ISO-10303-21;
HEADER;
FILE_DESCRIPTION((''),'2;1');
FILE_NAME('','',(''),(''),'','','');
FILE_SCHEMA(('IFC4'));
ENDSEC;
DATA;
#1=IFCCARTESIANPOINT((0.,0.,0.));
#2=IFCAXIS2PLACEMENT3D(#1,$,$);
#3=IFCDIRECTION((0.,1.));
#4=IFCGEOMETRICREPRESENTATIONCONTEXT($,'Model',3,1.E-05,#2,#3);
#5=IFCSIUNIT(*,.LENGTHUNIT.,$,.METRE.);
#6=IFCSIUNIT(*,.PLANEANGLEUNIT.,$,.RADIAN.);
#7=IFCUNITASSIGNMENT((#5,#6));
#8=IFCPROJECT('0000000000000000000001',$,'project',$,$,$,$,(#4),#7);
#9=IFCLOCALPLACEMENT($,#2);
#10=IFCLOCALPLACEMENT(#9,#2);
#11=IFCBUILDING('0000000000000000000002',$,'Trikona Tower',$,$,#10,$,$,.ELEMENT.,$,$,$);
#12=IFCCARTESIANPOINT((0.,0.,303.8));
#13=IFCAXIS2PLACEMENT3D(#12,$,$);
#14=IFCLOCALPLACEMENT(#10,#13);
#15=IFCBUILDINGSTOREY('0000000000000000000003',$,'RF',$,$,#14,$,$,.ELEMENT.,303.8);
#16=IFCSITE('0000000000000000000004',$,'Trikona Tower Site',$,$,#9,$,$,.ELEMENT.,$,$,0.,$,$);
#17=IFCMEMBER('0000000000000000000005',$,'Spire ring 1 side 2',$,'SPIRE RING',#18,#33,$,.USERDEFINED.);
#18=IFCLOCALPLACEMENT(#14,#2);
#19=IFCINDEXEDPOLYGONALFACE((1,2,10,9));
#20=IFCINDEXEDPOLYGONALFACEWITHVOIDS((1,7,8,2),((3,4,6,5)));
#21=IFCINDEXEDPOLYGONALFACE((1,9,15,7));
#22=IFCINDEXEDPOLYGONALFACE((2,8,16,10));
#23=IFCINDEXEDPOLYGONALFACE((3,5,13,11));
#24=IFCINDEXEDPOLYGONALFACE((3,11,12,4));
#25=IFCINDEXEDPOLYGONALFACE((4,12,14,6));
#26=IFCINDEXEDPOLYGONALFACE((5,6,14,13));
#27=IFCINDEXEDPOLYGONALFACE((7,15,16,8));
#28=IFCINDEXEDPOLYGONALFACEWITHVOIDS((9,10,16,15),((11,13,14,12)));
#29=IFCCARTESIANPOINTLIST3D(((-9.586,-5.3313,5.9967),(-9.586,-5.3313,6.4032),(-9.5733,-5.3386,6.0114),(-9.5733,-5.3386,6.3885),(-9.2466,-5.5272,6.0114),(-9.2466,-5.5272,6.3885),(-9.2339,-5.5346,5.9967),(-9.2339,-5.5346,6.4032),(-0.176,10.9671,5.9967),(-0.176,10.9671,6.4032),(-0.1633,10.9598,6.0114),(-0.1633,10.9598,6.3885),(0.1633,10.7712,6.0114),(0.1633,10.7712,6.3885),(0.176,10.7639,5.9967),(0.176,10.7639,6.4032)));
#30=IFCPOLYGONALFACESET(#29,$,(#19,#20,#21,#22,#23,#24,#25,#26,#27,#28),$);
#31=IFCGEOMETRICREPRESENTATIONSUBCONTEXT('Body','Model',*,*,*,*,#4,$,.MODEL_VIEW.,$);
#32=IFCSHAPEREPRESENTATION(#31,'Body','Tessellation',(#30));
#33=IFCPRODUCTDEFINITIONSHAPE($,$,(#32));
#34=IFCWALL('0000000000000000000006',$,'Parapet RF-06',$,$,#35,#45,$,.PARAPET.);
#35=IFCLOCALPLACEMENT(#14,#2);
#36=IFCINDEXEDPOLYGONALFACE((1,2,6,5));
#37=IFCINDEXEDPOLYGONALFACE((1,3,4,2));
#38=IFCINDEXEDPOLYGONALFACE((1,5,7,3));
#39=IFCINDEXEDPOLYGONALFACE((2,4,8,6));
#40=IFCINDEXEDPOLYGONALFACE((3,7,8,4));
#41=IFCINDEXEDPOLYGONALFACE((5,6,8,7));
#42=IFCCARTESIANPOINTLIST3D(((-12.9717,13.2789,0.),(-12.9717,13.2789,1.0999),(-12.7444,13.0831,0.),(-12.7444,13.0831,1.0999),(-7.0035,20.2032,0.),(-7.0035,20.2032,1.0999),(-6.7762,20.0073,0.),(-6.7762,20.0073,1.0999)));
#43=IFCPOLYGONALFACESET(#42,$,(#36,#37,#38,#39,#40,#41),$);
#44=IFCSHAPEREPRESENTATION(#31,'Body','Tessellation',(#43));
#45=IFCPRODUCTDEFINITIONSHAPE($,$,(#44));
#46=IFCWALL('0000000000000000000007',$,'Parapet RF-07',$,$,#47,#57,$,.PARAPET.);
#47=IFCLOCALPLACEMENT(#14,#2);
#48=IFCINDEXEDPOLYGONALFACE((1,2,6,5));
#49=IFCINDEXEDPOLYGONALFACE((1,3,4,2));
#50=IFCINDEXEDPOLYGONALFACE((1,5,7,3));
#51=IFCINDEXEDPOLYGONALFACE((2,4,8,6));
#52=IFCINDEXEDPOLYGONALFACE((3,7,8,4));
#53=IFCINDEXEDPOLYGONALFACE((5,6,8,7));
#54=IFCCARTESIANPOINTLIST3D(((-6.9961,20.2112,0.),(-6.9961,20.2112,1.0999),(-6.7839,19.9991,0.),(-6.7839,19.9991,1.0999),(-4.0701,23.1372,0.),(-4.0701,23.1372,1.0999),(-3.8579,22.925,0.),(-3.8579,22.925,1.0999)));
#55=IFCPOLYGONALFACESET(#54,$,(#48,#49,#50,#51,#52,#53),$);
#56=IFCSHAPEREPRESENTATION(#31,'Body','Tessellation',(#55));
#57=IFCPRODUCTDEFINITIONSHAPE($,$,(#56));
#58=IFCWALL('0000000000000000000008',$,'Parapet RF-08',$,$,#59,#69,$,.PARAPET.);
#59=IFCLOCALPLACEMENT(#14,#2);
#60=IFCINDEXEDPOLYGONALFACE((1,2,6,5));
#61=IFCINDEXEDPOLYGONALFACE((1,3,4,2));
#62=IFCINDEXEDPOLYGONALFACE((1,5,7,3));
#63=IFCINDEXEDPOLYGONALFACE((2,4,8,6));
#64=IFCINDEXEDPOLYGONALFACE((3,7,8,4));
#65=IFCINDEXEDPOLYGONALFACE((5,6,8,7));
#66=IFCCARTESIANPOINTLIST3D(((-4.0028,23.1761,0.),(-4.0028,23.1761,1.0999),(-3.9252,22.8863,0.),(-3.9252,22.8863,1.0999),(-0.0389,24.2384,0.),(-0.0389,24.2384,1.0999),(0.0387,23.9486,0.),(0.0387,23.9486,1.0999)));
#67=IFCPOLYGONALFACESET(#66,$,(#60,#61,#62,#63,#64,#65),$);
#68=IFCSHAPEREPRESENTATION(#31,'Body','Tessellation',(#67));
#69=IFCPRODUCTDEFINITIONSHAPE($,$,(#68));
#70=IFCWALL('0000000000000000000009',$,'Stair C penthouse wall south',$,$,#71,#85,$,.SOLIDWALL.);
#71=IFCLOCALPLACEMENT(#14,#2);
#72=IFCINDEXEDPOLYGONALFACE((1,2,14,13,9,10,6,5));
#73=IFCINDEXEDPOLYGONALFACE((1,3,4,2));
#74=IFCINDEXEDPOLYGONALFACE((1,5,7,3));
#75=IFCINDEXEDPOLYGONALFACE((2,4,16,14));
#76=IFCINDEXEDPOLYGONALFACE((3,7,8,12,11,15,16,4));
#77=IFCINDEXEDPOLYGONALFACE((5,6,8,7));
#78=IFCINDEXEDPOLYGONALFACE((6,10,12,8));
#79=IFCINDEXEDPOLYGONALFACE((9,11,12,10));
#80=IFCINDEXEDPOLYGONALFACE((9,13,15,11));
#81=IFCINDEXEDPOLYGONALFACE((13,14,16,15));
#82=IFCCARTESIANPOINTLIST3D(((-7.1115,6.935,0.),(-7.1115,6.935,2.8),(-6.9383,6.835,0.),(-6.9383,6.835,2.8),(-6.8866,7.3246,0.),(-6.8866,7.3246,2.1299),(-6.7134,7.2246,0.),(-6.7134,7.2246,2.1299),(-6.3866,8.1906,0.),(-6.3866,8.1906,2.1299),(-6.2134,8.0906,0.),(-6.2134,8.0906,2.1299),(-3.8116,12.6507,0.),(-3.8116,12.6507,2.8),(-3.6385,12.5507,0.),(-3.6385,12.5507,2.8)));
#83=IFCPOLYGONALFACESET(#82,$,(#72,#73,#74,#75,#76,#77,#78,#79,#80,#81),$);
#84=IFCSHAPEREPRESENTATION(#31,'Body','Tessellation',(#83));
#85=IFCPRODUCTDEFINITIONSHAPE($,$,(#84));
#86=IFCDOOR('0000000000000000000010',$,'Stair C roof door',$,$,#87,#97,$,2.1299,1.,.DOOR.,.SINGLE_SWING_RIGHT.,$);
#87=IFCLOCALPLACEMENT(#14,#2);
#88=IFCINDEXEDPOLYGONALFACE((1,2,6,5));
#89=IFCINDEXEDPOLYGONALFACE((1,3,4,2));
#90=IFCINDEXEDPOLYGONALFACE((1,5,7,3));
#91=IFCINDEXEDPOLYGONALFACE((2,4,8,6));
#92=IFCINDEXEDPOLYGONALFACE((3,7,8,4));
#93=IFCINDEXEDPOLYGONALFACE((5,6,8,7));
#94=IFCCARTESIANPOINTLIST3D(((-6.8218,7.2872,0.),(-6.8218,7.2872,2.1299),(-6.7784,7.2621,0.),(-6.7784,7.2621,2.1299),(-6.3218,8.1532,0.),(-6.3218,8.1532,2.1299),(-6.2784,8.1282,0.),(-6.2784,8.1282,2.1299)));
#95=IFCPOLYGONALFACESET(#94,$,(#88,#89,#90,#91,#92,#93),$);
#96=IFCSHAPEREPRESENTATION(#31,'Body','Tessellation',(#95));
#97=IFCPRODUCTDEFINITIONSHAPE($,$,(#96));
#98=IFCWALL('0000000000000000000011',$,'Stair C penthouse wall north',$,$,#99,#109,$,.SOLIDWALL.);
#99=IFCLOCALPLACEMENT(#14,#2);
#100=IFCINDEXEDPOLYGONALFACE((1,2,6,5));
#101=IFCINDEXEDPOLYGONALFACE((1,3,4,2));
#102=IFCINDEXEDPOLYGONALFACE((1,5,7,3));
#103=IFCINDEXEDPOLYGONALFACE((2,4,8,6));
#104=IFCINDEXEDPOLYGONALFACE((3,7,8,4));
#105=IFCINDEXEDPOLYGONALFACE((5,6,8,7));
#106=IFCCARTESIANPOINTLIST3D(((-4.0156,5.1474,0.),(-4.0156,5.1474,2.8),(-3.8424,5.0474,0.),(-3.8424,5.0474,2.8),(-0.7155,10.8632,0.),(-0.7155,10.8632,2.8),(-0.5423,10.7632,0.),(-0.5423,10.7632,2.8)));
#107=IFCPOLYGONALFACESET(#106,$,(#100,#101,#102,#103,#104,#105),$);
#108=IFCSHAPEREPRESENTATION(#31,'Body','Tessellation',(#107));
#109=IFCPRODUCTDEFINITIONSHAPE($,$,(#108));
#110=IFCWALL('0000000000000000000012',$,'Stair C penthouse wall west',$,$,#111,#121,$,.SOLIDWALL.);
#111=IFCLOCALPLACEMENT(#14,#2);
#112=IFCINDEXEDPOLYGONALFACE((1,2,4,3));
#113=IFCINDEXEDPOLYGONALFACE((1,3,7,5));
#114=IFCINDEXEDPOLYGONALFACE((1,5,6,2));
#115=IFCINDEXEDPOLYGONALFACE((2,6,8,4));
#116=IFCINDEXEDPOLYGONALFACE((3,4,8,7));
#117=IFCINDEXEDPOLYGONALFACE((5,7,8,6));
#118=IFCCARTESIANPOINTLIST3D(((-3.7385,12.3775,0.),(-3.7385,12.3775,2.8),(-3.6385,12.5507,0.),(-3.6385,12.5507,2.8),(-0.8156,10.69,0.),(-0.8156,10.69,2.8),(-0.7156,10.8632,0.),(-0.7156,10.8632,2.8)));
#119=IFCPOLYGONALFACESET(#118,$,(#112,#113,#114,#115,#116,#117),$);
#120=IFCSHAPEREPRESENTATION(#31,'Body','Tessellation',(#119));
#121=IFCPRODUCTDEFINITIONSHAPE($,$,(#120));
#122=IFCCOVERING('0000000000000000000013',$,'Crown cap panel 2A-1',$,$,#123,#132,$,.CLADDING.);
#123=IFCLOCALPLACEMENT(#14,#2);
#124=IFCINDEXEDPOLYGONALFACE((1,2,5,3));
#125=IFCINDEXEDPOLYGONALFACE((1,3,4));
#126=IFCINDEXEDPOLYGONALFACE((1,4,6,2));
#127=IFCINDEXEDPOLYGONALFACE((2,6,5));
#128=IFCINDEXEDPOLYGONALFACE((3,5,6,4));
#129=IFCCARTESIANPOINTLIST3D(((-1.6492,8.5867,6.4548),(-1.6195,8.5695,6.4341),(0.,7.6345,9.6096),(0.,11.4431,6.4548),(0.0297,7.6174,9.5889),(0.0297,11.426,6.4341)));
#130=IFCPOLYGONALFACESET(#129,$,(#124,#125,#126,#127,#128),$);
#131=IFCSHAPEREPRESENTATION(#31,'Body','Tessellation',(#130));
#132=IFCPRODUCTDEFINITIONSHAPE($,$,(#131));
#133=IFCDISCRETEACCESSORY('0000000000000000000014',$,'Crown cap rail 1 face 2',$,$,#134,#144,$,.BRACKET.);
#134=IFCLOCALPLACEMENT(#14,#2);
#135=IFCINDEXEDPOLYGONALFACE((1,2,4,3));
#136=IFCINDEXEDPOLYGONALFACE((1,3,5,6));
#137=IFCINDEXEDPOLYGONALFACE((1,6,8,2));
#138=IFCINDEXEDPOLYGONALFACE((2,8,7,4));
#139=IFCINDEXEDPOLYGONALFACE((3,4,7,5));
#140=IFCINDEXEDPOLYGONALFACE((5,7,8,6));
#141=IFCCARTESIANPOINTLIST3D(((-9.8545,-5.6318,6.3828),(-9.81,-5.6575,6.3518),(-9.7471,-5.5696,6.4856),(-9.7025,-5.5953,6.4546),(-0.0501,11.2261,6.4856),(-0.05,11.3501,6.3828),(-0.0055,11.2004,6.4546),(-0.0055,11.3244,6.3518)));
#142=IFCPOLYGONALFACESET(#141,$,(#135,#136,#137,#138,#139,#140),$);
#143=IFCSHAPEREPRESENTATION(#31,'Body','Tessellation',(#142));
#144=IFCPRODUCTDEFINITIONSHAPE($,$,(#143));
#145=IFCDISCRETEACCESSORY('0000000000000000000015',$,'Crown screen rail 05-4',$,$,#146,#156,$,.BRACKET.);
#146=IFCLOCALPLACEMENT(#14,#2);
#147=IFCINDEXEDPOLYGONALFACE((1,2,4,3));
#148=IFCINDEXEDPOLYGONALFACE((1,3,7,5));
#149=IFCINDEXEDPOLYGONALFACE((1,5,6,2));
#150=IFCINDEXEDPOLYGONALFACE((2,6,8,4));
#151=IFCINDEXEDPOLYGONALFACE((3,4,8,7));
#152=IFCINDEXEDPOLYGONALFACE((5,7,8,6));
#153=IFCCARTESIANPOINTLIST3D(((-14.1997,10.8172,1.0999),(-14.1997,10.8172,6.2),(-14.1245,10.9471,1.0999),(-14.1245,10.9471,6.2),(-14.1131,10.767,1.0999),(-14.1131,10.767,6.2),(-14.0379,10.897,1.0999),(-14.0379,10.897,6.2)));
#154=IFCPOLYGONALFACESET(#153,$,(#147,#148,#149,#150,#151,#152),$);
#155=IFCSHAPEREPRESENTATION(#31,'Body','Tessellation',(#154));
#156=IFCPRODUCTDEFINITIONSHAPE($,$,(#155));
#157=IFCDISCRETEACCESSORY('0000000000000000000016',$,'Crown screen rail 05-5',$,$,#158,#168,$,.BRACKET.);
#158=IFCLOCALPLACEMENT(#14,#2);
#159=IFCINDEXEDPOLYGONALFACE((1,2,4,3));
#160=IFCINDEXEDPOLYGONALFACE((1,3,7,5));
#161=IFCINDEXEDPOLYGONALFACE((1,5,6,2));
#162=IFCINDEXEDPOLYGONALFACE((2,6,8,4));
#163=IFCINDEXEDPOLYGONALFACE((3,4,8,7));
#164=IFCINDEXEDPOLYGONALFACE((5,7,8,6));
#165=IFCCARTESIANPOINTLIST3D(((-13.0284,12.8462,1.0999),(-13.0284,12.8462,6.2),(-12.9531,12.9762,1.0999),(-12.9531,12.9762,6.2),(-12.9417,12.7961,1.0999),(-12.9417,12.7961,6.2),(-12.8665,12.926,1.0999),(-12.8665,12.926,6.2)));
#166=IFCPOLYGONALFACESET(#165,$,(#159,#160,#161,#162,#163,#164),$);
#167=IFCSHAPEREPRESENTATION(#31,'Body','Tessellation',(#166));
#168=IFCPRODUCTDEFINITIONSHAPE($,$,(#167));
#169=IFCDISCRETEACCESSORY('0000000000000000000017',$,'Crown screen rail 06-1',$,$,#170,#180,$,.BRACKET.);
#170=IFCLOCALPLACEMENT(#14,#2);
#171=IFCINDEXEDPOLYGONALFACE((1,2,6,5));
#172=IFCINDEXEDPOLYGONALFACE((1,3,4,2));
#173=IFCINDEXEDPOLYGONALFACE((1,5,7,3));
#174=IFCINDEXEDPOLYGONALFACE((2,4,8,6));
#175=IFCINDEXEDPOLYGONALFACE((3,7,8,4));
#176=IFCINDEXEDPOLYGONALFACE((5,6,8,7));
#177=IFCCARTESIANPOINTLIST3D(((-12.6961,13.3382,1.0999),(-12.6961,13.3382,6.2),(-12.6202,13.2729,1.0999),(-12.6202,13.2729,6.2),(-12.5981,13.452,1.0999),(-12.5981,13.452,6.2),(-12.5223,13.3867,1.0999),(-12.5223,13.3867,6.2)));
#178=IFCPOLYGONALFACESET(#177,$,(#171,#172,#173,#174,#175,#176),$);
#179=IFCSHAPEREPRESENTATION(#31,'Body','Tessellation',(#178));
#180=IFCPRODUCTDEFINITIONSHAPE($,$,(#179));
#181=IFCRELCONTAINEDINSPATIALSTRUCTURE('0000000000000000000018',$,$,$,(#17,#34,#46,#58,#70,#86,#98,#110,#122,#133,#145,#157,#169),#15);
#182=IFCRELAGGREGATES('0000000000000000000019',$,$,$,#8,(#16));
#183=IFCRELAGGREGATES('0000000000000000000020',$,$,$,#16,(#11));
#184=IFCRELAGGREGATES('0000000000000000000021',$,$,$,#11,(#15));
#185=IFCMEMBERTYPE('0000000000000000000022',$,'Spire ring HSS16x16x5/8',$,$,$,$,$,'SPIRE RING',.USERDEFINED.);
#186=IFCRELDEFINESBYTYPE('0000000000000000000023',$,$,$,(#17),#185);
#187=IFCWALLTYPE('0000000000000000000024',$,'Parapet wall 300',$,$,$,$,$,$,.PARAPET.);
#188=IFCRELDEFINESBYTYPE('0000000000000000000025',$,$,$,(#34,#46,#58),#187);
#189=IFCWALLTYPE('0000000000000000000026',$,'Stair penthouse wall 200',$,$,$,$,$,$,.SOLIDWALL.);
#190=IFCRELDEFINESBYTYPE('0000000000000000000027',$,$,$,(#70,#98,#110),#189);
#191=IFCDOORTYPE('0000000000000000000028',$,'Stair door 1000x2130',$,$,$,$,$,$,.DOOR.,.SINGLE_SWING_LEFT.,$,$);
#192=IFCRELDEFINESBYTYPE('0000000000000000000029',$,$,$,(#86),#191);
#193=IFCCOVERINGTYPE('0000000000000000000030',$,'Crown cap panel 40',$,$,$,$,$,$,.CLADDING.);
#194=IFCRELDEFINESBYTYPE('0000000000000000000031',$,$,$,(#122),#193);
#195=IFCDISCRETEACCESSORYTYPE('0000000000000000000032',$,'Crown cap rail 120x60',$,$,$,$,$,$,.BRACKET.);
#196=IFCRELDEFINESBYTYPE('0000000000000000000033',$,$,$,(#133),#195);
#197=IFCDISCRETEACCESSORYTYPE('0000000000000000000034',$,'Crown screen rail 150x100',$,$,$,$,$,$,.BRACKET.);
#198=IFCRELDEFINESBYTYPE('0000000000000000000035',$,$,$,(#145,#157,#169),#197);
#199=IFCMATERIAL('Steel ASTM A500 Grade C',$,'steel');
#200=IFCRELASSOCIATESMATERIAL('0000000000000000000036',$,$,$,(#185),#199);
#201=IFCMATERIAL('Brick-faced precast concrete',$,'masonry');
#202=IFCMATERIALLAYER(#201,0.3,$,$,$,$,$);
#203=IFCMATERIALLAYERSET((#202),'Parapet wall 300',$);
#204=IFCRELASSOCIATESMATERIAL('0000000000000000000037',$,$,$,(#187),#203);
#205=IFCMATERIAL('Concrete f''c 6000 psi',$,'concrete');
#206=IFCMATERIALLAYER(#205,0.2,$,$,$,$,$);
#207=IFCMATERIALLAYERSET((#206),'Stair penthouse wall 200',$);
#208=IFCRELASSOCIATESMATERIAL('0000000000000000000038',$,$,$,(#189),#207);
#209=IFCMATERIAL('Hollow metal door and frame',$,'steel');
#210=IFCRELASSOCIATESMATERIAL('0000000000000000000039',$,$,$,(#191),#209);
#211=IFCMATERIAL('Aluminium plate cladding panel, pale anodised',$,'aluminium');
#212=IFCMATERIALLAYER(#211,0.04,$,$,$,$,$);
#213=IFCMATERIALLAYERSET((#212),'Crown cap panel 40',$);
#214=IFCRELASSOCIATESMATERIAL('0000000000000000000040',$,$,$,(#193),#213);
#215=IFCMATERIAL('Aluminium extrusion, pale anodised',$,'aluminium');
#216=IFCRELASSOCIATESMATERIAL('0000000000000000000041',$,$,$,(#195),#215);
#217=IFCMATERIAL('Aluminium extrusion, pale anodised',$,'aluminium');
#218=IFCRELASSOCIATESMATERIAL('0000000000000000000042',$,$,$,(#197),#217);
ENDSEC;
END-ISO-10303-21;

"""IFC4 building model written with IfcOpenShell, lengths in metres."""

from ifc_helpers import new_model, si_unit, direction, frame, frame_2d, origin, origin_2d, place, context, subcontext, project, spatial, polyline, rectangle, hollow_rectangle, outline, extrude, material, layer, layer_set, material_profile, profile_set, type_object, element, fill, save


model = new_model("IFC4")

# Units and contexts
model_context = context("Model", 3, precision=1e-05, world=origin(), true_north=direction((0.0, 1.0)))
body_context = subcontext(model_context, "Body", "Model", "MODEL_VIEW")
ifc_project = project(units=[si_unit("LENGTHUNIT", "METRE"), si_unit("PLANEANGLEUNIT", "RADIAN")], contexts=[model_context])

# Site, building, storey
site_placement = place(None, origin())
site = spatial("IfcSite", under=ifc_project, at=site_placement, Name="Trikona Tower Site", CompositionType="ELEMENT", RefElevation=0.0)
building_placement = place(site_placement, origin())
building = spatial("IfcBuilding", under=site, at=building_placement, Name="Trikona Tower", CompositionType="ELEMENT")
storey_placement = place(building_placement, frame((0.0, 0.0, 303.8)))
storey = spatial("IfcBuildingStorey", under=building, at=storey_placement, Name="RF", CompositionType="ELEMENT", Elevation=303.8)

# Member
ifc_material_1 = material(Name="Steel ASTM A500 Grade C", Category="steel")
ifc_material_profile_1 = material_profile(ifc_material_1, hollow_rectangle(XDim=0.4065, YDim=0.4065, WallThickness=0.0146, at=origin_2d()), Name="HSS16X16X5/8")
ifc_profile_set_1 = profile_set([ifc_material_profile_1], Name="Steel ASTM A500 Grade C")
member_type_1 = type_object("IfcMemberType", Name="Spire ring HSS16x16x5/8", ElementType="SPIRE RING", PredefinedType="USERDEFINED", material=ifc_profile_set_1)
member_1_placement = place(storey_placement, frame((0.0, 10.8655, 6.2), z_axis=(-0.500002, -0.866024, 0.0), x_axis=(0.866024, -0.500002, 0.0)))
element("IfcMember", 1, at=member_1_placement, inside=storey, type_object=member_type_1, Name="Spire ring 1 side 2", ObjectType="SPIRE RING", PredefinedType="USERDEFINED", context=body_context, shape_type="SweptSolid", body=[
    extrude(hollow_rectangle(XDim=0.4065, YDim=0.4065, WallThickness=0.0146, at=origin_2d()), origin(), (0.0, 0.0, 1.0), 18.8198),
])

# Walls
ifc_material_2 = material(Name="Brick-faced precast concrete", Category="masonry")
ifc_layer_1 = layer(ifc_material_2, 0.3)
ifc_layer_set_1 = layer_set([ifc_layer_1], Name="Parapet wall 300")
wall_type_1 = type_object("IfcWallType", Name="Parapet wall 300", PredefinedType="PARAPET", material=ifc_layer_set_1)
wall_1_placement = place(storey_placement, frame((-12.8582, 13.1809, 0.0), z_axis=(0.0, 0.0, 1.0), x_axis=(0.652878, 0.757463, 0.0)))
element("IfcWall", 2, at=wall_1_placement, inside=storey, type_object=wall_type_1, Name="Parapet RF-06", PredefinedType="PARAPET", context=body_context, shape_type="SweptSolid", body=[
    extrude(rectangle(XDim=9.1414, YDim=0.3, at=frame_2d((4.5708, 0.0))), origin(), (0.0, 0.0, 1.0), 1.0999),
])
wall_2_placement = place(storey_placement, frame((-6.8899, 20.1052, 0.0), z_axis=(0.0, 0.0, 1.0), x_axis=(0.707107, 0.707107, 0.0)))
element("IfcWall", 3, at=wall_2_placement, inside=storey, type_object=wall_type_1, Name="Parapet RF-07", PredefinedType="PARAPET", context=body_context, shape_type="SweptSolid", body=[
    extrude(rectangle(XDim=4.1379, YDim=0.3, at=frame_2d((2.0688, 0.0))), origin(), (0.0, 0.0, 1.0), 1.0999),
])
wall_3_placement = place(storey_placement, frame((-3.9639, 23.0312, 0.0), z_axis=(0.0, 0.0, 1.0), x_axis=(0.965917, 0.258851, 0.0)))
element("IfcWall", 4, at=wall_3_placement, inside=storey, type_object=wall_type_1, Name="Parapet RF-08", PredefinedType="PARAPET", context=body_context, shape_type="SweptSolid", body=[
    extrude(rectangle(XDim=4.1038, YDim=0.3, at=frame_2d((2.0518, 0.0))), origin(), (0.0, 0.0, 1.0), 1.0999),
])

# Wall, opening, door
ifc_material_3 = material(Name="Concrete f'c 6000 psi", Category="concrete")
ifc_layer_2 = layer(ifc_material_3, 0.2)
ifc_layer_set_2 = layer_set([ifc_layer_2], Name="Stair penthouse wall 200")
wall_type_2 = type_object("IfcWallType", Name="Stair penthouse wall 200", PredefinedType="SOLIDWALL", material=ifc_layer_set_2)
wall_4_placement = place(storey_placement, frame((-3.7251, 12.6006, 0.0), z_axis=(0.0, 0.0, 1.0), x_axis=(-0.49999, -0.866031, 0.0)))
wall_4 = element("IfcWall", 5, at=wall_4_placement, inside=storey, type_object=wall_type_2, Name="Stair C penthouse wall south", PredefinedType="SOLIDWALL", context=body_context, shape_type="SweptSolid", body=[
    extrude(rectangle(XDim=6.5999, YDim=0.2, at=frame_2d((3.2998, 0.0))), origin(), (0.0, 0.0, 1.0), 2.8),
])
opening_placement = place(wall_4_placement, frame((5.1499, 0.0, 0.0)))
opening = element("IfcOpeningElement", 6, at=opening_placement, cuts=wall_4, PredefinedType="OPENING", context=body_context, shape_type="SweptSolid", body=[
    extrude(rectangle(XDim=1.0, YDim=2.1299, at=frame_2d((0.5, 1.0649))), frame((0.0, 0.1099, 0.0), z_axis=(0.0, -1.0, 0.0), x_axis=(1.0, 0.0, 0.0)), (0.0, 0.0, 1.0), 0.22),
])
ifc_material_4 = material(Name="Hollow metal door and frame", Category="steel")
door_type = type_object("IfcDoorType", Name="Stair door 1000x2130", OperationType="SINGLE_SWING_LEFT", PredefinedType="DOOR", material=ifc_material_4)
door_placement = place(opening_placement, origin())
door = element("IfcDoor", 7, at=door_placement, inside=storey, type_object=door_type, Name="Stair C roof door", OperationType="SINGLE_SWING_RIGHT", OverallHeight=2.1299, OverallWidth=1.0, PredefinedType="DOOR", context=body_context, shape_type="SweptSolid", body=[
    extrude(rectangle(XDim=1.0, YDim=2.1299, at=frame_2d((0.5, 1.0649))), frame((0.0, 0.0249, 0.0), z_axis=(0.0, -1.0, 0.0), x_axis=(1.0, 0.0, 0.0)), (0.0, 0.0, 1.0), 0.05),
])
fill(opening, door)

# Walls
wall_5_placement = place(storey_placement, frame((-0.6289, 10.8132, 0.0), z_axis=(0.0, 0.0, 1.0), x_axis=(-0.500002, -0.866024, 0.0)))
element("IfcWall", 8, at=wall_5_placement, inside=storey, type_object=wall_type_2, Name="Stair C penthouse wall north", PredefinedType="SOLIDWALL", context=body_context, shape_type="SweptSolid", body=[
    extrude(rectangle(XDim=6.6001, YDim=0.2, at=frame_2d((3.3, 0.0))), origin(), (0.0, 0.0, 1.0), 2.8),
])
wall_6_placement = place(storey_placement, frame((-0.7656, 10.7766, 0.0), z_axis=(0.0, 0.0, 1.0), x_axis=(-0.866027, 0.499998, 0.0)))
element("IfcWall", 9, at=wall_6_placement, inside=storey, type_object=wall_type_2, Name="Stair C penthouse wall west", PredefinedType="SOLIDWALL", context=body_context, shape_type="SweptSolid", body=[
    extrude(rectangle(XDim=3.375, YDim=0.2, at=frame_2d((1.6875, 0.0))), origin(), (0.0, 0.0, 1.0), 2.8),
])

# Covering
ifc_material_5 = material(Name="Aluminium plate cladding panel, pale anodised", Category="aluminium")
ifc_layer_3 = layer(ifc_material_5, 0.04)
ifc_layer_set_3 = layer_set([ifc_layer_3], Name="Crown cap panel 40")
covering_type = type_object("IfcCoveringType", Name="Crown cap panel 40", PredefinedType="CLADDING", material=ifc_layer_set_3)
covering_placement = place(storey_placement, frame((0.0, 11.4431, 6.4548), z_axis=(-0.741423, 0.428061, 0.516774), x_axis=(-0.5, -0.866025, 0.0)))
element("IfcCovering", 10, at=covering_placement, inside=storey, type_object=covering_type, Name="Crown cap panel 2A-1", PredefinedType="CLADDING", context=body_context, shape_type="SweptSolid", body=[
    extrude(outline(polyline([(0.0, 0.0), (3.2983, 0.0), (3.2983, 3.685), (0.0, 0.0)])), origin(), (0.0, 0.0, -1.0), 0.04),
])

# Discrete accessories
ifc_material_6 = material(Name="Aluminium extrusion, pale anodised", Category="aluminium")
discrete_accessory_type_1 = type_object("IfcDiscreteAccessoryType", Name="Crown cap rail 120x60", PredefinedType="BRACKET", material=ifc_material_6)
discrete_accessory_1_placement = place(storey_placement, frame((-0.05, 11.3501, 6.3828), z_axis=(-0.741696, 0.428217, 0.516253), x_axis=(-0.499999, -0.866026, 0.000001)))
element("IfcDiscreteAccessory", 11, at=discrete_accessory_1_placement, inside=storey, type_object=discrete_accessory_type_1, Name="Crown cap rail 1 face 2", PredefinedType="BRACKET", context=body_context, shape_type="SweptSolid", body=[
    extrude(outline(polyline([(0.0, 0.0), (19.609, 0.0), (19.5014, 0.12), (0.1074, 0.12), (0.0, 0.0)])), origin(), (0.0, 0.0, -1.0), 0.0601),
])
ifc_material_7 = material(Name="Aluminium extrusion, pale anodised", Category="aluminium")
discrete_accessory_type_2 = type_object("IfcDiscreteAccessoryType", Name="Crown screen rail 150x100", PredefinedType="BRACKET", material=ifc_material_7)
for number, where, z_axis, x_axis, name in (
    (12, (-14.1565, 10.792, 1.0999), (0.0, 0.0, 1.0), (0.501036, 0.865426, 0.0), "Crown screen rail 05-4"),
    (13, (-12.9851, 12.821, 1.0999), (0.0, 0.0, 1.0), (0.501036, 0.865426, 0.0), "Crown screen rail 05-5"),
    (14, (-12.6582, 13.3054, 1.0999), (0.0, 0.0, 1.0), (0.652264, 0.757992, 0.0), "Crown screen rail 06-1"),
):
    element("IfcDiscreteAccessory", number, at=place(storey_placement, frame(where, z_axis=z_axis, x_axis=x_axis)), inside=storey, type_object=discrete_accessory_type_2, Name=name, PredefinedType="BRACKET", context=body_context, shape_type="SweptSolid", body=[
        extrude(rectangle(XDim=0.1501, YDim=0.1001, at=frame_2d((0.0752, 0.0))), origin(), (0.0, 0.0, 1.0), 5.1001),
    ])

save(model, "model.ifc")
